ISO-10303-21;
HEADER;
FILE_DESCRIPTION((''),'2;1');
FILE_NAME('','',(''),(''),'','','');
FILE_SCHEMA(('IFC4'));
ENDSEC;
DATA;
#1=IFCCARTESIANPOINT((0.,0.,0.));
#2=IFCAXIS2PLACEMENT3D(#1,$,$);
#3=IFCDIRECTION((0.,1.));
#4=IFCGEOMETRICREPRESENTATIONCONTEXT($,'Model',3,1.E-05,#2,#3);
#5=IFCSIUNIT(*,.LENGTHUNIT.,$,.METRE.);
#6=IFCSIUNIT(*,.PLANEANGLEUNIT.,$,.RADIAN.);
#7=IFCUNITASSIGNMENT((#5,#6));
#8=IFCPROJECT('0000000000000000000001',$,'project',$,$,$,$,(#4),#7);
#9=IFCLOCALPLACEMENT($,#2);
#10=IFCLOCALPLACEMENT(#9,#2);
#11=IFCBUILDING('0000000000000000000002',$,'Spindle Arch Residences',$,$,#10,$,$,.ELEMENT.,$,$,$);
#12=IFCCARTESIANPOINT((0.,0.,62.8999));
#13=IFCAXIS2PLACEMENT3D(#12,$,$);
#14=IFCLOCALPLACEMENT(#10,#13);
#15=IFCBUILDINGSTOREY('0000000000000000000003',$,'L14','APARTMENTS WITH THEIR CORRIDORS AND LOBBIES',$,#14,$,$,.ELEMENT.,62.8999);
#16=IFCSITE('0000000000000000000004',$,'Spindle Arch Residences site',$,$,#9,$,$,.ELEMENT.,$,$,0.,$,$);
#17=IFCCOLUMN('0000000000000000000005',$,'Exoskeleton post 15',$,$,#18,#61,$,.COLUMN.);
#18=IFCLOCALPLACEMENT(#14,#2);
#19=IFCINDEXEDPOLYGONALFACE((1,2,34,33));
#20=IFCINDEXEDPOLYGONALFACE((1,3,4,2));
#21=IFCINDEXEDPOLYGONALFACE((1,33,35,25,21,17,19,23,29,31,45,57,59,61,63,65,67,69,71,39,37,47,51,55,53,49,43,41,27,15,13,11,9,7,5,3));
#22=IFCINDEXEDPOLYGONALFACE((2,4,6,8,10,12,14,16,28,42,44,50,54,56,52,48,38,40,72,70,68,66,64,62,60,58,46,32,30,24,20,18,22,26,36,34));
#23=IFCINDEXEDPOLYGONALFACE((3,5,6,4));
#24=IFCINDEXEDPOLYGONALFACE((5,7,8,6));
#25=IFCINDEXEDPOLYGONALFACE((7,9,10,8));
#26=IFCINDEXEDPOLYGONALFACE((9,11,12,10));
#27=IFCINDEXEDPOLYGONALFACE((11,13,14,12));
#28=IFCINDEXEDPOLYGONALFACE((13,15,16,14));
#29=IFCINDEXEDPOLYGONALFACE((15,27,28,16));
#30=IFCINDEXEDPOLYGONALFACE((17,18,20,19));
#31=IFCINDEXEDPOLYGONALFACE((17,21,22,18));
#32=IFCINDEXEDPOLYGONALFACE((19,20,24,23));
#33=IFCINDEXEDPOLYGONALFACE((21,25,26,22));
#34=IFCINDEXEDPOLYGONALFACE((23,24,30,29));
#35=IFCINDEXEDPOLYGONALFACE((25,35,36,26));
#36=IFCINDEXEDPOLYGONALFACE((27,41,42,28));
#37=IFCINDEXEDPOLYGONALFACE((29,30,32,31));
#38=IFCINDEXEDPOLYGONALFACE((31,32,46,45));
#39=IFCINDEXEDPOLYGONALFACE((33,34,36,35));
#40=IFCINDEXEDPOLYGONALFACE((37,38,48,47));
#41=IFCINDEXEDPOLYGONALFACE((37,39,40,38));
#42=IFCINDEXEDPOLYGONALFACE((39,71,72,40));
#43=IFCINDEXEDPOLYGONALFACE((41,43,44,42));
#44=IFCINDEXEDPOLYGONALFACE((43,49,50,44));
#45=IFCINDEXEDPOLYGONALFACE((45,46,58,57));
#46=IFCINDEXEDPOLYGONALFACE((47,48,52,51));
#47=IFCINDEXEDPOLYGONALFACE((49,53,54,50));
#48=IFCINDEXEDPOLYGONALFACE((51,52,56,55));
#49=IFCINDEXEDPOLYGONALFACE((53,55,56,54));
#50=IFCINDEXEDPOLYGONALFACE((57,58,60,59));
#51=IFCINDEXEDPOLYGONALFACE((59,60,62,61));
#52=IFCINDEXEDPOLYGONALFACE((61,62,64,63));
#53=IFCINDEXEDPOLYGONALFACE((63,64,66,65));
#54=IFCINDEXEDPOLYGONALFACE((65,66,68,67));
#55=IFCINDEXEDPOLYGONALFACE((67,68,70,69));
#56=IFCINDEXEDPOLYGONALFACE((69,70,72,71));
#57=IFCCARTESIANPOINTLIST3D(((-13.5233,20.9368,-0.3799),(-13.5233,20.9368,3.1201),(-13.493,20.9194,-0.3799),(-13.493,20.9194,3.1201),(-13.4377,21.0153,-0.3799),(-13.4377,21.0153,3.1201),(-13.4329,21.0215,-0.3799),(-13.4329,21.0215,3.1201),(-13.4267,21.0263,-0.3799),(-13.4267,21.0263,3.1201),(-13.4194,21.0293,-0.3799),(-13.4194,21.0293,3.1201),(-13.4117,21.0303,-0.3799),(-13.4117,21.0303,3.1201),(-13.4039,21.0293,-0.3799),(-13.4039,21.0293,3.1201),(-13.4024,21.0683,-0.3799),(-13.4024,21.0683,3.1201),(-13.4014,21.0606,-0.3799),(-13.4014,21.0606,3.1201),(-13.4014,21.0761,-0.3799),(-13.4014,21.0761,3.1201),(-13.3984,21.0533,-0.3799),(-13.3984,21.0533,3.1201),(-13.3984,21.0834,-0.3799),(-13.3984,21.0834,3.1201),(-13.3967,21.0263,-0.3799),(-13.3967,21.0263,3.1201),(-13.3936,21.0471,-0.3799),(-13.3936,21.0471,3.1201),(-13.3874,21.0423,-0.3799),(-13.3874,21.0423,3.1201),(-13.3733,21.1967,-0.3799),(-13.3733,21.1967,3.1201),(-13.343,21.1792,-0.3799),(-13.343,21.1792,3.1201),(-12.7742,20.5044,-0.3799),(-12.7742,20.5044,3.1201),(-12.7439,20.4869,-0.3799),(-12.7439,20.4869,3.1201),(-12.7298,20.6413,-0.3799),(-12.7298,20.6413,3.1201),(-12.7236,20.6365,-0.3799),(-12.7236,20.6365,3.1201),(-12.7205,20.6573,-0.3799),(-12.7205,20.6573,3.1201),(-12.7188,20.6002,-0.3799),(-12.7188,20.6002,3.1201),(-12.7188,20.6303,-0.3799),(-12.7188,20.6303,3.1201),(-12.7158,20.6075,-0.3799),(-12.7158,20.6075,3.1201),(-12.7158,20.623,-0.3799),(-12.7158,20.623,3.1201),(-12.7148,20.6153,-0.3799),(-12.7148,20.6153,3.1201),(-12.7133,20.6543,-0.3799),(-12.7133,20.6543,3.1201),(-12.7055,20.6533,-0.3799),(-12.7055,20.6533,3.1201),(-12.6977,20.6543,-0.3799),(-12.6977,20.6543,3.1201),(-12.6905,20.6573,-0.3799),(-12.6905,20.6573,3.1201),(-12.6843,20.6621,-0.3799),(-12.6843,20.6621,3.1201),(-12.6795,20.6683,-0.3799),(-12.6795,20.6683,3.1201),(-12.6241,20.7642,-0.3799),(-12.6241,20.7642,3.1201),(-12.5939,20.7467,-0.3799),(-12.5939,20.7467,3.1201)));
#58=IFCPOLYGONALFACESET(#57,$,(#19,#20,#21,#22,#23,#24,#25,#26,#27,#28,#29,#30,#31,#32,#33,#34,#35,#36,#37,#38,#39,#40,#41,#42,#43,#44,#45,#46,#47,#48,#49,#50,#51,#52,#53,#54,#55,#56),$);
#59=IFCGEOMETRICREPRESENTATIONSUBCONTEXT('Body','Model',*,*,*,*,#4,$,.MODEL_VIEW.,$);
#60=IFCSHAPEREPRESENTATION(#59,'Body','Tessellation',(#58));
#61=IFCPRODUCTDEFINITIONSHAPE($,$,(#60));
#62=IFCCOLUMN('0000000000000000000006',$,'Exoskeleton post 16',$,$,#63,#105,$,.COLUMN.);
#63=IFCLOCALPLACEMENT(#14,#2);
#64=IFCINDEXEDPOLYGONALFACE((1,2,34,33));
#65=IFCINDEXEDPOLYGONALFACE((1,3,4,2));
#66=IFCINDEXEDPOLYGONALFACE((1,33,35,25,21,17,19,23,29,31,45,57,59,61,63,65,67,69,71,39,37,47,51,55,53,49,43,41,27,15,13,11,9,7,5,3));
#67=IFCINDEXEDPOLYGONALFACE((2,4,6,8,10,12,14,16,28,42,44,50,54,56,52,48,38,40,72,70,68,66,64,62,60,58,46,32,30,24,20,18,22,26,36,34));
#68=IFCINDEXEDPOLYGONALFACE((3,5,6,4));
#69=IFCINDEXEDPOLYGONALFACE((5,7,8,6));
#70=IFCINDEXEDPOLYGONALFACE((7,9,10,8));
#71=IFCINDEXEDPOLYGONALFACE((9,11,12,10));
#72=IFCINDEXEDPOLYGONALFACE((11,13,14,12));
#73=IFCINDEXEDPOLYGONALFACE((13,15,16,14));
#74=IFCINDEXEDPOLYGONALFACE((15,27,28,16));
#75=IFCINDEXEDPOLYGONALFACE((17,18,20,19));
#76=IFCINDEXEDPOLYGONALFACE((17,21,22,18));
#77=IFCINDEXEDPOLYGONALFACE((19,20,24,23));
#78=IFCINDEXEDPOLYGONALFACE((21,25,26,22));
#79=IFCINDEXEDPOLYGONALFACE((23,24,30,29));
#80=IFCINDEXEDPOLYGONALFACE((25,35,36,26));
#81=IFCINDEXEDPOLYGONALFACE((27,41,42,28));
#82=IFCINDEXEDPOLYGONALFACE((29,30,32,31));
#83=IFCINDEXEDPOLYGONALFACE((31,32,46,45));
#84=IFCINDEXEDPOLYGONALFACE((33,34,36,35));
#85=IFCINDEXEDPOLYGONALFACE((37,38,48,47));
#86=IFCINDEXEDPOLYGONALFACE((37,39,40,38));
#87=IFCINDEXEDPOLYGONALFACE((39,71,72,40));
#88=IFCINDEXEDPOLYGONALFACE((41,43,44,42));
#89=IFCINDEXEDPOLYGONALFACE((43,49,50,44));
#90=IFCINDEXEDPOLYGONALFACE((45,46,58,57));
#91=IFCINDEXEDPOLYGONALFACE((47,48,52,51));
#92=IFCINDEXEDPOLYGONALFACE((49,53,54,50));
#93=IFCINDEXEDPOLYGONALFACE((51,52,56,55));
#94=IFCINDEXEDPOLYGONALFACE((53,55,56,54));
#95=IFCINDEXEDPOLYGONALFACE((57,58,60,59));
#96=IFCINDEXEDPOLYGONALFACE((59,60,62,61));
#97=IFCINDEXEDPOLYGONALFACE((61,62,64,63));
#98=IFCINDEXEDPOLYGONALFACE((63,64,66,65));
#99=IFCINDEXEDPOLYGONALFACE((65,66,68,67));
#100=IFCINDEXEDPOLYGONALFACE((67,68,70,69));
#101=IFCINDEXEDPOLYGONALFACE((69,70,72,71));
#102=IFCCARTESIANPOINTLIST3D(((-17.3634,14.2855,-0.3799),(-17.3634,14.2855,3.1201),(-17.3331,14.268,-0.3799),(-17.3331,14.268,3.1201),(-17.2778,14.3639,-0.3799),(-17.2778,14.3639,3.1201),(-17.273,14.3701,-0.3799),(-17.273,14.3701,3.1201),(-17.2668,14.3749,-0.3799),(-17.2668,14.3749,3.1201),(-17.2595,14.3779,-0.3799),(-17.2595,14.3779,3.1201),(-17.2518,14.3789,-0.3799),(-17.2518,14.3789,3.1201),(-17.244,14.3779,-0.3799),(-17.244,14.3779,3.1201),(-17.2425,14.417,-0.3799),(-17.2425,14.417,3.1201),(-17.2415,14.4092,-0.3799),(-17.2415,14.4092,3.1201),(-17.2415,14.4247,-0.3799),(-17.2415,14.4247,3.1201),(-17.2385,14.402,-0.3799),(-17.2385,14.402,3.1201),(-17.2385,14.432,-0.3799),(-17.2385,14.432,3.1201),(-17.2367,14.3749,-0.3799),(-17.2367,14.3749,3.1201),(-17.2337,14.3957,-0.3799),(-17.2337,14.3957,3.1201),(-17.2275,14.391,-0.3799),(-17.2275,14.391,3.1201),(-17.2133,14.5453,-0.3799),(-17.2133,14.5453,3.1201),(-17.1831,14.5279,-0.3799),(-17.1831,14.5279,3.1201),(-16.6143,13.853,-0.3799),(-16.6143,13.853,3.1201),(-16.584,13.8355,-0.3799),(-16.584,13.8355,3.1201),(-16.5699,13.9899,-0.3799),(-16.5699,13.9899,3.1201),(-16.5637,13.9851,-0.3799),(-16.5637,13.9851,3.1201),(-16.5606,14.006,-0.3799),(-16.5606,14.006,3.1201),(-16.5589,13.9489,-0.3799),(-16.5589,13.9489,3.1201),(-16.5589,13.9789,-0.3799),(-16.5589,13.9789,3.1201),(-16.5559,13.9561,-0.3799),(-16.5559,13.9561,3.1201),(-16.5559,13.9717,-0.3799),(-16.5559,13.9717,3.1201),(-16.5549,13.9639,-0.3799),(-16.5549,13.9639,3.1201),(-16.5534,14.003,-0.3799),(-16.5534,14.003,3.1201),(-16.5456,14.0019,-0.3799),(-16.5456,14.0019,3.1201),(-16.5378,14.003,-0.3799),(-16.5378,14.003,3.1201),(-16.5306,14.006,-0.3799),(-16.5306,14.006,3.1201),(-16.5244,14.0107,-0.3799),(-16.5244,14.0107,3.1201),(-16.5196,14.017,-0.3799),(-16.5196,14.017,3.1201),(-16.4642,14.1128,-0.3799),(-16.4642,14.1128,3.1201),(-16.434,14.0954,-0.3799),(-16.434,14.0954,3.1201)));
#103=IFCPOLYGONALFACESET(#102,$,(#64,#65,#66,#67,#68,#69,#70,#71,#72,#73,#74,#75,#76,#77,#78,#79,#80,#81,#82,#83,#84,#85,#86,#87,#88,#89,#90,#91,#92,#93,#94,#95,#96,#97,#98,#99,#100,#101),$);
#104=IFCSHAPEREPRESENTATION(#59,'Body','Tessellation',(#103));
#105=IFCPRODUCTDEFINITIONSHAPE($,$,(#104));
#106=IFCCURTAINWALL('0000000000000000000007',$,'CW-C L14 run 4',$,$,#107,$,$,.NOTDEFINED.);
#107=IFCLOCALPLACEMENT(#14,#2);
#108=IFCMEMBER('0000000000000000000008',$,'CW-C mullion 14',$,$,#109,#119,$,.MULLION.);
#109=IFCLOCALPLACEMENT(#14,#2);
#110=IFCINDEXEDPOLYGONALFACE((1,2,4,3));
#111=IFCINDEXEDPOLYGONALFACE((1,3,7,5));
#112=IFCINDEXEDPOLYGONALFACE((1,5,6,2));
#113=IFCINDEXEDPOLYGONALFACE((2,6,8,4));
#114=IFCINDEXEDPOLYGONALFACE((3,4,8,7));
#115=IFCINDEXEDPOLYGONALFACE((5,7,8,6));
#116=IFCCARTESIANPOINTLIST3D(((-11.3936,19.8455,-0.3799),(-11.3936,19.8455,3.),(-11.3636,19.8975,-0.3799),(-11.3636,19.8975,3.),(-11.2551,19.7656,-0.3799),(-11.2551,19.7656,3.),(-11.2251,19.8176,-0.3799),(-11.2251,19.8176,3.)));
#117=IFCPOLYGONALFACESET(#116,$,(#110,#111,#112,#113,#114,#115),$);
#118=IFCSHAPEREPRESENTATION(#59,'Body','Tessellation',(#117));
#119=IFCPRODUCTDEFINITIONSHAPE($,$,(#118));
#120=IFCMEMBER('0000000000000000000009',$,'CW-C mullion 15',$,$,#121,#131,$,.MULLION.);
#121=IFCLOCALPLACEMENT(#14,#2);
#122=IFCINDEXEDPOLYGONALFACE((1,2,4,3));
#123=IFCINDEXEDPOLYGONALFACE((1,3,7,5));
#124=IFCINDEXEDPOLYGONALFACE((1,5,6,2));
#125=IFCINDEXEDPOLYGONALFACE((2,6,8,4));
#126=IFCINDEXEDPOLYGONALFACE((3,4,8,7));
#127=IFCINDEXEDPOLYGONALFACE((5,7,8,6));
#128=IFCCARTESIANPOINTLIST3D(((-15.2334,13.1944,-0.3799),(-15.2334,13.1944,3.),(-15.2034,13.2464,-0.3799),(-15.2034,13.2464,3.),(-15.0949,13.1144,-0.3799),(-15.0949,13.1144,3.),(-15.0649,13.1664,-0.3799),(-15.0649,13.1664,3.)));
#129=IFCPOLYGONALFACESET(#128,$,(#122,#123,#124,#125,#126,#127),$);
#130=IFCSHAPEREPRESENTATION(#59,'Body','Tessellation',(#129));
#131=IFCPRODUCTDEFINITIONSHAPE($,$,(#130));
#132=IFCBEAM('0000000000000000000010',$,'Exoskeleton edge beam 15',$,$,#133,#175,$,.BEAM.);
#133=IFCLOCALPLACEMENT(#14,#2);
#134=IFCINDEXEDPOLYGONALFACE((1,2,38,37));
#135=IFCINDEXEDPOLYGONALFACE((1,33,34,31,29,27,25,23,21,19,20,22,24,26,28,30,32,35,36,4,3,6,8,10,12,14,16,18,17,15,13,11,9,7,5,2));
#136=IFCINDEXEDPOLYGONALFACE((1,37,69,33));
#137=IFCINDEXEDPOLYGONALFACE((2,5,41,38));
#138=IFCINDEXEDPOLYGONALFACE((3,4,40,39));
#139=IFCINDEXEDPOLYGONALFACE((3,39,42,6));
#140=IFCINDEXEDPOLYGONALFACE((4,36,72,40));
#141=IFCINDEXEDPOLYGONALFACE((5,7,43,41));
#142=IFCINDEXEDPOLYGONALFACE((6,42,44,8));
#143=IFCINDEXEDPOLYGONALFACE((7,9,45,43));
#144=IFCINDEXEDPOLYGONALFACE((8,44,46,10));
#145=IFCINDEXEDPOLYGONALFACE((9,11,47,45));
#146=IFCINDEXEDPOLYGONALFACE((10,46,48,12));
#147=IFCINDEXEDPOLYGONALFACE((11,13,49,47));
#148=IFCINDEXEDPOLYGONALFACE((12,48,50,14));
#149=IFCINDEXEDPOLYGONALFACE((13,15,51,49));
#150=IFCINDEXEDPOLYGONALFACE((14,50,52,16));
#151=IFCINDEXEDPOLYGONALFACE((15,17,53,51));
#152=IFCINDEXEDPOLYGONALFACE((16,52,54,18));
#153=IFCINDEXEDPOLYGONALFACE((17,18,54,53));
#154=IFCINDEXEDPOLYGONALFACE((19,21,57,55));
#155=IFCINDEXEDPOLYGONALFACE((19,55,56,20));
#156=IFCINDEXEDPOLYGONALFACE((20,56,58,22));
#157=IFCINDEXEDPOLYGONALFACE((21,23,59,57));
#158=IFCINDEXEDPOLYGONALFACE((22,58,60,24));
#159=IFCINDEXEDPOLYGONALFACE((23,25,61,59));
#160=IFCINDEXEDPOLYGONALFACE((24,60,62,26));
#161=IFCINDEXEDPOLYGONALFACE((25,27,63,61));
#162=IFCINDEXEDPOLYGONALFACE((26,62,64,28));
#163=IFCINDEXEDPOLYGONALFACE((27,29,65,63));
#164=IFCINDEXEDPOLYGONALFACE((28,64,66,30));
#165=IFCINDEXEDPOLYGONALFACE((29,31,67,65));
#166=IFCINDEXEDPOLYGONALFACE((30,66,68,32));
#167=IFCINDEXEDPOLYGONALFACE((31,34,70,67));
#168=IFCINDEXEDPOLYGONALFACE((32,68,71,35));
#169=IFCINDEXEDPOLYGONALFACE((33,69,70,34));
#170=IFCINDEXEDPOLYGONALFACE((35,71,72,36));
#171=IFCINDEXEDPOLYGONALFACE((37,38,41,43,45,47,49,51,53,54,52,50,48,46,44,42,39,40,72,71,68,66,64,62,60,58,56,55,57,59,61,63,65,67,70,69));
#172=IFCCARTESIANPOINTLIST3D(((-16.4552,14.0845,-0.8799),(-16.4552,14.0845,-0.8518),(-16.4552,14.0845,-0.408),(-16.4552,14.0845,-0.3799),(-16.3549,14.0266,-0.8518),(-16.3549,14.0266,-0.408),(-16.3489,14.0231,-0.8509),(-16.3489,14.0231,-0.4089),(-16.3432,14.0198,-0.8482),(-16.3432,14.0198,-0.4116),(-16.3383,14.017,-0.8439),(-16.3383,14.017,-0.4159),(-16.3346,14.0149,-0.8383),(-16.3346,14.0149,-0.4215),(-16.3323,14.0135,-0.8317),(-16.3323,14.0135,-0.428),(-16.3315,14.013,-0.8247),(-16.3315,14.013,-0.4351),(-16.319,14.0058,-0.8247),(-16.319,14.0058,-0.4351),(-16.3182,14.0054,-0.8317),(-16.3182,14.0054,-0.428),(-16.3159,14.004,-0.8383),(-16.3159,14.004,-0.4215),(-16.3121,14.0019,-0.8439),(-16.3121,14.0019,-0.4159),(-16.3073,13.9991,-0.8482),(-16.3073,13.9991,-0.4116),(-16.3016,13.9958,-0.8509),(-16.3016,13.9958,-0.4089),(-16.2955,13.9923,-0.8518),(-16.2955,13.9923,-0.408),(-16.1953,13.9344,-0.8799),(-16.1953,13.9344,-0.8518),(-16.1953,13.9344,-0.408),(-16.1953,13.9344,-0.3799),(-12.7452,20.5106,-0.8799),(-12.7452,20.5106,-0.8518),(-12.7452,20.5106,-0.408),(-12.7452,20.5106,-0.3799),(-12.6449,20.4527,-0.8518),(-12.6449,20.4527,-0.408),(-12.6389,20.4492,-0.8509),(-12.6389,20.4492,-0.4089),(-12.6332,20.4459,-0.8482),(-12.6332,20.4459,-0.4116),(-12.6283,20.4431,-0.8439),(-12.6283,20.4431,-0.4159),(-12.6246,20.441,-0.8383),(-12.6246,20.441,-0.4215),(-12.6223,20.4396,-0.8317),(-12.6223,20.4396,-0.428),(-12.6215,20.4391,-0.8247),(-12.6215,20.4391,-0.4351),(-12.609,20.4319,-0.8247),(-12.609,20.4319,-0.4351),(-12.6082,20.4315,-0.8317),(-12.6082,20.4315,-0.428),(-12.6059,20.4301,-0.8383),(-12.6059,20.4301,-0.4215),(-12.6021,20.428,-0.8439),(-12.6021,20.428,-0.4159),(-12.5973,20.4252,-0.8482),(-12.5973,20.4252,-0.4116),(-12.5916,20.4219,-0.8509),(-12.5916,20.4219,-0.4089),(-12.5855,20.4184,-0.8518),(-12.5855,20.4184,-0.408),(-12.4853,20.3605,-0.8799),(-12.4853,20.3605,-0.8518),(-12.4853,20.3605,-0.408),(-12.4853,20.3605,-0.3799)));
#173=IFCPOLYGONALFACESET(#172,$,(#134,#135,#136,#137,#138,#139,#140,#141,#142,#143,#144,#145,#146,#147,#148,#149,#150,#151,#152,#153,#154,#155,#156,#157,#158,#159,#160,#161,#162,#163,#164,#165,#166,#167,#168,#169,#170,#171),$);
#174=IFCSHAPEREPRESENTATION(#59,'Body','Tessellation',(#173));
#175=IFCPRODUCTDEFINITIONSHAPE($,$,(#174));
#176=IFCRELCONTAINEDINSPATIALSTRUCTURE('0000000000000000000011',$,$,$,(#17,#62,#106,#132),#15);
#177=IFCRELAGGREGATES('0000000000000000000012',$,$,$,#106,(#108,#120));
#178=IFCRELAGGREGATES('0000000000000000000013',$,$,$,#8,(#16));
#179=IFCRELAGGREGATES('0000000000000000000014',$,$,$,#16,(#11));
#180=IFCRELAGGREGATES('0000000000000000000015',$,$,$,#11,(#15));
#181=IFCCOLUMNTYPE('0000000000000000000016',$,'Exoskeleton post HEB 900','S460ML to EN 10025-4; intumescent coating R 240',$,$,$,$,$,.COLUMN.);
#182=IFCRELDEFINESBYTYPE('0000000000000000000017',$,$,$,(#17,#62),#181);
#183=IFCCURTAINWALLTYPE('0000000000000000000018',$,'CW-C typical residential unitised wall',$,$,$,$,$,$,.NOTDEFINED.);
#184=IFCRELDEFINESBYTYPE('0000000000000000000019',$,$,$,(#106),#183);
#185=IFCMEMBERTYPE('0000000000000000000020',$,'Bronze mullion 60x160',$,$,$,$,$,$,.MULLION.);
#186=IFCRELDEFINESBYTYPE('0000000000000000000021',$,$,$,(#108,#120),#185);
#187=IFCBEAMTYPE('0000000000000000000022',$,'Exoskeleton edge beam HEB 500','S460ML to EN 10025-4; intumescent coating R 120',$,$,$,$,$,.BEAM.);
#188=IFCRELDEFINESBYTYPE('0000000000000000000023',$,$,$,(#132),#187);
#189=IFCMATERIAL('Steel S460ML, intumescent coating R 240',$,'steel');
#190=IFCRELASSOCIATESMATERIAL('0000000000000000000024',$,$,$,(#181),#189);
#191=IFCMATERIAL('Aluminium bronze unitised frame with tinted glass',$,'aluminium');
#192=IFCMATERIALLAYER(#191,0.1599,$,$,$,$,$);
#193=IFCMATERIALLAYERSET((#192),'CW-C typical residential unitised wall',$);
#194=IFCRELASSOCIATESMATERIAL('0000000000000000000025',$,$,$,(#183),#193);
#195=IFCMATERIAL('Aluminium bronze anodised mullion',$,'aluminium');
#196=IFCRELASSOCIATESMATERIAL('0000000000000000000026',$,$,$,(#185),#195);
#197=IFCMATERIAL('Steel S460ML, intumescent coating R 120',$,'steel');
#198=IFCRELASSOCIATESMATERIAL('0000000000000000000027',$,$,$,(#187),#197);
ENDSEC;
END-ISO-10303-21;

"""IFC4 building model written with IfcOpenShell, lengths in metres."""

from ifc_helpers import new_model, si_unit, direction, frame, origin, origin_2d, place, context, subcontext, project, spatial, rectangle, i_section, extrude, material, layer, layer_set, material_profile, profile_set, type_object, element, aggregate, save


model = new_model("IFC4")

# Units and contexts
model_context = context("Model", 3, precision=1e-05, world=origin(), true_north=direction((0.0, 1.0)))
body_context = subcontext(model_context, "Body", "Model", "MODEL_VIEW")
ifc_project = project(units=[si_unit("LENGTHUNIT", "METRE"), si_unit("PLANEANGLEUNIT", "RADIAN")], contexts=[model_context])

# Site, building, storey
site_placement = place(None, origin())
site = spatial("IfcSite", under=ifc_project, at=site_placement, Name="Spindle Arch Residences site", CompositionType="ELEMENT", RefElevation=0.0)
building_placement = place(site_placement, origin())
building = spatial("IfcBuilding", under=site, at=building_placement, Name="Spindle Arch Residences", CompositionType="ELEMENT")
storey_placement = place(building_placement, frame((0.0, 0.0, 62.8999)))
storey = spatial("IfcBuildingStorey", under=building, at=storey_placement, Name="L14", Description="APARTMENTS WITH THEIR CORRIDORS AND LOBBIES", CompositionType="ELEMENT", Elevation=62.8999)

# Columns
ifc_material_1 = material(Name="Steel S460ML, intumescent coating R 240", Category="steel")
ifc_material_profile_1 = material_profile(ifc_material_1, i_section(OverallWidth=0.3, OverallDepth=0.8999, WebThickness=0.0186, FlangeThickness=0.0349, FilletRadius=0.03, at=origin_2d()), Name="HEB 900")
ifc_profile_set_1 = profile_set([ifc_material_profile_1], Name="Steel S460ML, intumescent coating R 240")
column_type = type_object("IfcColumnType", Name="Exoskeleton post HEB 900", Description="S460ML to EN 10025-4; intumescent coating R 240", PredefinedType="COLUMN", material=ifc_profile_set_1)
for number, where, z_axis, x_axis, name in (
    (1, (-13.0586, 20.8418, -0.3799), (0.0, 0.0, 1.0), (0.5, 0.866025, 0.0), "Exoskeleton post 15"),
    (2, (-16.8987, 14.1904, -0.3799), (0.0, 0.0, 1.0), (0.5, 0.866025, 0.0), "Exoskeleton post 16"),
):
    element("IfcColumn", number, at=place(storey_placement, frame(where, z_axis=z_axis, x_axis=x_axis)), inside=storey, type_object=column_type, Name=name, PredefinedType="COLUMN", context=body_context, shape_type="SweptSolid", body=[
        extrude(i_section(OverallWidth=0.3, OverallDepth=0.8999, WebThickness=0.0186, FlangeThickness=0.0349, FilletRadius=0.03, at=origin_2d()), origin(), (0.0, 0.0, 1.0), 3.5),
    ])

# Curtain wall, members
ifc_material_2 = material(Name="Aluminium bronze unitised frame with tinted glass", Category="aluminium")
ifc_layer_1 = layer(ifc_material_2, 0.1599)
ifc_layer_set_1 = layer_set([ifc_layer_1], Name="CW-C typical residential unitised wall")
curtain_wall_type = type_object("IfcCurtainWallType", Name="CW-C typical residential unitised wall", PredefinedType="NOTDEFINED", material=ifc_layer_set_1)
curtain_wall_placement = place(storey_placement, origin())
curtain_wall = element("IfcCurtainWall", 3, at=curtain_wall_placement, inside=storey, type_object=curtain_wall_type, Name="CW-C L14 run 4", PredefinedType="NOTDEFINED")
ifc_material_3 = material(Name="Aluminium bronze anodised mullion", Category="aluminium")
ifc_material_profile_2 = material_profile(ifc_material_3, rectangle(XDim=0.1599, YDim=0.0601, at=origin_2d()), Name="MU 60x160")
ifc_profile_set_2 = profile_set([ifc_material_profile_2], Name="Aluminium bronze anodised mullion")
member_type = type_object("IfcMemberType", Name="Bronze mullion 60x160", PredefinedType="MULLION", material=ifc_profile_set_2)
member_1_placement = place(storey_placement, frame((-11.3093, 19.8315, -0.3799), z_axis=(0.0, 0.0, 1.0), x_axis=(0.866025, -0.5, 0.0)))
member_1 = element("IfcMember", 4, at=member_1_placement, type_object=member_type, Name="CW-C mullion 14", PredefinedType="MULLION", context=body_context, shape_type="SweptSolid", body=[
    extrude(rectangle(XDim=0.1599, YDim=0.0601, at=origin_2d()), origin(), (0.0, 0.0, 1.0), 3.3799),
])
member_2_placement = place(storey_placement, frame((-15.1492, 13.1804, -0.3799), z_axis=(0.0, 0.0, 1.0), x_axis=(0.866025, -0.5, 0.0)))
member_2 = element("IfcMember", 5, at=member_2_placement, type_object=member_type, Name="CW-C mullion 15", PredefinedType="MULLION", context=body_context, shape_type="SweptSolid", body=[
    extrude(rectangle(XDim=0.1599, YDim=0.0601, at=origin_2d()), origin(), (0.0, 0.0, 1.0), 3.3799),
])

# Beam
ifc_material_4 = material(Name="Steel S460ML, intumescent coating R 120", Category="steel")
ifc_material_profile_3 = material_profile(ifc_material_4, i_section(OverallWidth=0.3, OverallDepth=0.5, WebThickness=0.0144, FlangeThickness=0.0281, FilletRadius=0.0271, at=origin_2d()), Name="HEB 500")
ifc_profile_set_3 = profile_set([ifc_material_profile_3], Name="Steel S460ML, intumescent coating R 120")
beam_type_1 = type_object("IfcBeamType", Name="Exoskeleton edge beam HEB 500", Description="S460ML to EN 10025-4; intumescent coating R 120", PredefinedType="BEAM", material=ifc_profile_set_3)
for number, where, z_axis, x_axis, name in (
    (6, (-12.6152, 20.4355, -0.6299), (-0.499989, -0.866032, 0.0), (0.866032, -0.499989, 0.0), "Exoskeleton edge beam 15"),
):
    element("IfcBeam", number, at=place(storey_placement, frame(where, z_axis=z_axis, x_axis=x_axis)), inside=storey, type_object=beam_type_1, Name=name, PredefinedType="BEAM", context=body_context, shape_type="SweptSolid", body=[
        extrude(i_section(OverallWidth=0.3, OverallDepth=0.5, WebThickness=0.0144, FlangeThickness=0.0281, FilletRadius=0.0271, at=origin_2d()), origin(), (0.0, 0.0, 1.0), 7.4202),
    ])

aggregate(curtain_wall, [member_1, member_2])

save(model, "model.ifc")
